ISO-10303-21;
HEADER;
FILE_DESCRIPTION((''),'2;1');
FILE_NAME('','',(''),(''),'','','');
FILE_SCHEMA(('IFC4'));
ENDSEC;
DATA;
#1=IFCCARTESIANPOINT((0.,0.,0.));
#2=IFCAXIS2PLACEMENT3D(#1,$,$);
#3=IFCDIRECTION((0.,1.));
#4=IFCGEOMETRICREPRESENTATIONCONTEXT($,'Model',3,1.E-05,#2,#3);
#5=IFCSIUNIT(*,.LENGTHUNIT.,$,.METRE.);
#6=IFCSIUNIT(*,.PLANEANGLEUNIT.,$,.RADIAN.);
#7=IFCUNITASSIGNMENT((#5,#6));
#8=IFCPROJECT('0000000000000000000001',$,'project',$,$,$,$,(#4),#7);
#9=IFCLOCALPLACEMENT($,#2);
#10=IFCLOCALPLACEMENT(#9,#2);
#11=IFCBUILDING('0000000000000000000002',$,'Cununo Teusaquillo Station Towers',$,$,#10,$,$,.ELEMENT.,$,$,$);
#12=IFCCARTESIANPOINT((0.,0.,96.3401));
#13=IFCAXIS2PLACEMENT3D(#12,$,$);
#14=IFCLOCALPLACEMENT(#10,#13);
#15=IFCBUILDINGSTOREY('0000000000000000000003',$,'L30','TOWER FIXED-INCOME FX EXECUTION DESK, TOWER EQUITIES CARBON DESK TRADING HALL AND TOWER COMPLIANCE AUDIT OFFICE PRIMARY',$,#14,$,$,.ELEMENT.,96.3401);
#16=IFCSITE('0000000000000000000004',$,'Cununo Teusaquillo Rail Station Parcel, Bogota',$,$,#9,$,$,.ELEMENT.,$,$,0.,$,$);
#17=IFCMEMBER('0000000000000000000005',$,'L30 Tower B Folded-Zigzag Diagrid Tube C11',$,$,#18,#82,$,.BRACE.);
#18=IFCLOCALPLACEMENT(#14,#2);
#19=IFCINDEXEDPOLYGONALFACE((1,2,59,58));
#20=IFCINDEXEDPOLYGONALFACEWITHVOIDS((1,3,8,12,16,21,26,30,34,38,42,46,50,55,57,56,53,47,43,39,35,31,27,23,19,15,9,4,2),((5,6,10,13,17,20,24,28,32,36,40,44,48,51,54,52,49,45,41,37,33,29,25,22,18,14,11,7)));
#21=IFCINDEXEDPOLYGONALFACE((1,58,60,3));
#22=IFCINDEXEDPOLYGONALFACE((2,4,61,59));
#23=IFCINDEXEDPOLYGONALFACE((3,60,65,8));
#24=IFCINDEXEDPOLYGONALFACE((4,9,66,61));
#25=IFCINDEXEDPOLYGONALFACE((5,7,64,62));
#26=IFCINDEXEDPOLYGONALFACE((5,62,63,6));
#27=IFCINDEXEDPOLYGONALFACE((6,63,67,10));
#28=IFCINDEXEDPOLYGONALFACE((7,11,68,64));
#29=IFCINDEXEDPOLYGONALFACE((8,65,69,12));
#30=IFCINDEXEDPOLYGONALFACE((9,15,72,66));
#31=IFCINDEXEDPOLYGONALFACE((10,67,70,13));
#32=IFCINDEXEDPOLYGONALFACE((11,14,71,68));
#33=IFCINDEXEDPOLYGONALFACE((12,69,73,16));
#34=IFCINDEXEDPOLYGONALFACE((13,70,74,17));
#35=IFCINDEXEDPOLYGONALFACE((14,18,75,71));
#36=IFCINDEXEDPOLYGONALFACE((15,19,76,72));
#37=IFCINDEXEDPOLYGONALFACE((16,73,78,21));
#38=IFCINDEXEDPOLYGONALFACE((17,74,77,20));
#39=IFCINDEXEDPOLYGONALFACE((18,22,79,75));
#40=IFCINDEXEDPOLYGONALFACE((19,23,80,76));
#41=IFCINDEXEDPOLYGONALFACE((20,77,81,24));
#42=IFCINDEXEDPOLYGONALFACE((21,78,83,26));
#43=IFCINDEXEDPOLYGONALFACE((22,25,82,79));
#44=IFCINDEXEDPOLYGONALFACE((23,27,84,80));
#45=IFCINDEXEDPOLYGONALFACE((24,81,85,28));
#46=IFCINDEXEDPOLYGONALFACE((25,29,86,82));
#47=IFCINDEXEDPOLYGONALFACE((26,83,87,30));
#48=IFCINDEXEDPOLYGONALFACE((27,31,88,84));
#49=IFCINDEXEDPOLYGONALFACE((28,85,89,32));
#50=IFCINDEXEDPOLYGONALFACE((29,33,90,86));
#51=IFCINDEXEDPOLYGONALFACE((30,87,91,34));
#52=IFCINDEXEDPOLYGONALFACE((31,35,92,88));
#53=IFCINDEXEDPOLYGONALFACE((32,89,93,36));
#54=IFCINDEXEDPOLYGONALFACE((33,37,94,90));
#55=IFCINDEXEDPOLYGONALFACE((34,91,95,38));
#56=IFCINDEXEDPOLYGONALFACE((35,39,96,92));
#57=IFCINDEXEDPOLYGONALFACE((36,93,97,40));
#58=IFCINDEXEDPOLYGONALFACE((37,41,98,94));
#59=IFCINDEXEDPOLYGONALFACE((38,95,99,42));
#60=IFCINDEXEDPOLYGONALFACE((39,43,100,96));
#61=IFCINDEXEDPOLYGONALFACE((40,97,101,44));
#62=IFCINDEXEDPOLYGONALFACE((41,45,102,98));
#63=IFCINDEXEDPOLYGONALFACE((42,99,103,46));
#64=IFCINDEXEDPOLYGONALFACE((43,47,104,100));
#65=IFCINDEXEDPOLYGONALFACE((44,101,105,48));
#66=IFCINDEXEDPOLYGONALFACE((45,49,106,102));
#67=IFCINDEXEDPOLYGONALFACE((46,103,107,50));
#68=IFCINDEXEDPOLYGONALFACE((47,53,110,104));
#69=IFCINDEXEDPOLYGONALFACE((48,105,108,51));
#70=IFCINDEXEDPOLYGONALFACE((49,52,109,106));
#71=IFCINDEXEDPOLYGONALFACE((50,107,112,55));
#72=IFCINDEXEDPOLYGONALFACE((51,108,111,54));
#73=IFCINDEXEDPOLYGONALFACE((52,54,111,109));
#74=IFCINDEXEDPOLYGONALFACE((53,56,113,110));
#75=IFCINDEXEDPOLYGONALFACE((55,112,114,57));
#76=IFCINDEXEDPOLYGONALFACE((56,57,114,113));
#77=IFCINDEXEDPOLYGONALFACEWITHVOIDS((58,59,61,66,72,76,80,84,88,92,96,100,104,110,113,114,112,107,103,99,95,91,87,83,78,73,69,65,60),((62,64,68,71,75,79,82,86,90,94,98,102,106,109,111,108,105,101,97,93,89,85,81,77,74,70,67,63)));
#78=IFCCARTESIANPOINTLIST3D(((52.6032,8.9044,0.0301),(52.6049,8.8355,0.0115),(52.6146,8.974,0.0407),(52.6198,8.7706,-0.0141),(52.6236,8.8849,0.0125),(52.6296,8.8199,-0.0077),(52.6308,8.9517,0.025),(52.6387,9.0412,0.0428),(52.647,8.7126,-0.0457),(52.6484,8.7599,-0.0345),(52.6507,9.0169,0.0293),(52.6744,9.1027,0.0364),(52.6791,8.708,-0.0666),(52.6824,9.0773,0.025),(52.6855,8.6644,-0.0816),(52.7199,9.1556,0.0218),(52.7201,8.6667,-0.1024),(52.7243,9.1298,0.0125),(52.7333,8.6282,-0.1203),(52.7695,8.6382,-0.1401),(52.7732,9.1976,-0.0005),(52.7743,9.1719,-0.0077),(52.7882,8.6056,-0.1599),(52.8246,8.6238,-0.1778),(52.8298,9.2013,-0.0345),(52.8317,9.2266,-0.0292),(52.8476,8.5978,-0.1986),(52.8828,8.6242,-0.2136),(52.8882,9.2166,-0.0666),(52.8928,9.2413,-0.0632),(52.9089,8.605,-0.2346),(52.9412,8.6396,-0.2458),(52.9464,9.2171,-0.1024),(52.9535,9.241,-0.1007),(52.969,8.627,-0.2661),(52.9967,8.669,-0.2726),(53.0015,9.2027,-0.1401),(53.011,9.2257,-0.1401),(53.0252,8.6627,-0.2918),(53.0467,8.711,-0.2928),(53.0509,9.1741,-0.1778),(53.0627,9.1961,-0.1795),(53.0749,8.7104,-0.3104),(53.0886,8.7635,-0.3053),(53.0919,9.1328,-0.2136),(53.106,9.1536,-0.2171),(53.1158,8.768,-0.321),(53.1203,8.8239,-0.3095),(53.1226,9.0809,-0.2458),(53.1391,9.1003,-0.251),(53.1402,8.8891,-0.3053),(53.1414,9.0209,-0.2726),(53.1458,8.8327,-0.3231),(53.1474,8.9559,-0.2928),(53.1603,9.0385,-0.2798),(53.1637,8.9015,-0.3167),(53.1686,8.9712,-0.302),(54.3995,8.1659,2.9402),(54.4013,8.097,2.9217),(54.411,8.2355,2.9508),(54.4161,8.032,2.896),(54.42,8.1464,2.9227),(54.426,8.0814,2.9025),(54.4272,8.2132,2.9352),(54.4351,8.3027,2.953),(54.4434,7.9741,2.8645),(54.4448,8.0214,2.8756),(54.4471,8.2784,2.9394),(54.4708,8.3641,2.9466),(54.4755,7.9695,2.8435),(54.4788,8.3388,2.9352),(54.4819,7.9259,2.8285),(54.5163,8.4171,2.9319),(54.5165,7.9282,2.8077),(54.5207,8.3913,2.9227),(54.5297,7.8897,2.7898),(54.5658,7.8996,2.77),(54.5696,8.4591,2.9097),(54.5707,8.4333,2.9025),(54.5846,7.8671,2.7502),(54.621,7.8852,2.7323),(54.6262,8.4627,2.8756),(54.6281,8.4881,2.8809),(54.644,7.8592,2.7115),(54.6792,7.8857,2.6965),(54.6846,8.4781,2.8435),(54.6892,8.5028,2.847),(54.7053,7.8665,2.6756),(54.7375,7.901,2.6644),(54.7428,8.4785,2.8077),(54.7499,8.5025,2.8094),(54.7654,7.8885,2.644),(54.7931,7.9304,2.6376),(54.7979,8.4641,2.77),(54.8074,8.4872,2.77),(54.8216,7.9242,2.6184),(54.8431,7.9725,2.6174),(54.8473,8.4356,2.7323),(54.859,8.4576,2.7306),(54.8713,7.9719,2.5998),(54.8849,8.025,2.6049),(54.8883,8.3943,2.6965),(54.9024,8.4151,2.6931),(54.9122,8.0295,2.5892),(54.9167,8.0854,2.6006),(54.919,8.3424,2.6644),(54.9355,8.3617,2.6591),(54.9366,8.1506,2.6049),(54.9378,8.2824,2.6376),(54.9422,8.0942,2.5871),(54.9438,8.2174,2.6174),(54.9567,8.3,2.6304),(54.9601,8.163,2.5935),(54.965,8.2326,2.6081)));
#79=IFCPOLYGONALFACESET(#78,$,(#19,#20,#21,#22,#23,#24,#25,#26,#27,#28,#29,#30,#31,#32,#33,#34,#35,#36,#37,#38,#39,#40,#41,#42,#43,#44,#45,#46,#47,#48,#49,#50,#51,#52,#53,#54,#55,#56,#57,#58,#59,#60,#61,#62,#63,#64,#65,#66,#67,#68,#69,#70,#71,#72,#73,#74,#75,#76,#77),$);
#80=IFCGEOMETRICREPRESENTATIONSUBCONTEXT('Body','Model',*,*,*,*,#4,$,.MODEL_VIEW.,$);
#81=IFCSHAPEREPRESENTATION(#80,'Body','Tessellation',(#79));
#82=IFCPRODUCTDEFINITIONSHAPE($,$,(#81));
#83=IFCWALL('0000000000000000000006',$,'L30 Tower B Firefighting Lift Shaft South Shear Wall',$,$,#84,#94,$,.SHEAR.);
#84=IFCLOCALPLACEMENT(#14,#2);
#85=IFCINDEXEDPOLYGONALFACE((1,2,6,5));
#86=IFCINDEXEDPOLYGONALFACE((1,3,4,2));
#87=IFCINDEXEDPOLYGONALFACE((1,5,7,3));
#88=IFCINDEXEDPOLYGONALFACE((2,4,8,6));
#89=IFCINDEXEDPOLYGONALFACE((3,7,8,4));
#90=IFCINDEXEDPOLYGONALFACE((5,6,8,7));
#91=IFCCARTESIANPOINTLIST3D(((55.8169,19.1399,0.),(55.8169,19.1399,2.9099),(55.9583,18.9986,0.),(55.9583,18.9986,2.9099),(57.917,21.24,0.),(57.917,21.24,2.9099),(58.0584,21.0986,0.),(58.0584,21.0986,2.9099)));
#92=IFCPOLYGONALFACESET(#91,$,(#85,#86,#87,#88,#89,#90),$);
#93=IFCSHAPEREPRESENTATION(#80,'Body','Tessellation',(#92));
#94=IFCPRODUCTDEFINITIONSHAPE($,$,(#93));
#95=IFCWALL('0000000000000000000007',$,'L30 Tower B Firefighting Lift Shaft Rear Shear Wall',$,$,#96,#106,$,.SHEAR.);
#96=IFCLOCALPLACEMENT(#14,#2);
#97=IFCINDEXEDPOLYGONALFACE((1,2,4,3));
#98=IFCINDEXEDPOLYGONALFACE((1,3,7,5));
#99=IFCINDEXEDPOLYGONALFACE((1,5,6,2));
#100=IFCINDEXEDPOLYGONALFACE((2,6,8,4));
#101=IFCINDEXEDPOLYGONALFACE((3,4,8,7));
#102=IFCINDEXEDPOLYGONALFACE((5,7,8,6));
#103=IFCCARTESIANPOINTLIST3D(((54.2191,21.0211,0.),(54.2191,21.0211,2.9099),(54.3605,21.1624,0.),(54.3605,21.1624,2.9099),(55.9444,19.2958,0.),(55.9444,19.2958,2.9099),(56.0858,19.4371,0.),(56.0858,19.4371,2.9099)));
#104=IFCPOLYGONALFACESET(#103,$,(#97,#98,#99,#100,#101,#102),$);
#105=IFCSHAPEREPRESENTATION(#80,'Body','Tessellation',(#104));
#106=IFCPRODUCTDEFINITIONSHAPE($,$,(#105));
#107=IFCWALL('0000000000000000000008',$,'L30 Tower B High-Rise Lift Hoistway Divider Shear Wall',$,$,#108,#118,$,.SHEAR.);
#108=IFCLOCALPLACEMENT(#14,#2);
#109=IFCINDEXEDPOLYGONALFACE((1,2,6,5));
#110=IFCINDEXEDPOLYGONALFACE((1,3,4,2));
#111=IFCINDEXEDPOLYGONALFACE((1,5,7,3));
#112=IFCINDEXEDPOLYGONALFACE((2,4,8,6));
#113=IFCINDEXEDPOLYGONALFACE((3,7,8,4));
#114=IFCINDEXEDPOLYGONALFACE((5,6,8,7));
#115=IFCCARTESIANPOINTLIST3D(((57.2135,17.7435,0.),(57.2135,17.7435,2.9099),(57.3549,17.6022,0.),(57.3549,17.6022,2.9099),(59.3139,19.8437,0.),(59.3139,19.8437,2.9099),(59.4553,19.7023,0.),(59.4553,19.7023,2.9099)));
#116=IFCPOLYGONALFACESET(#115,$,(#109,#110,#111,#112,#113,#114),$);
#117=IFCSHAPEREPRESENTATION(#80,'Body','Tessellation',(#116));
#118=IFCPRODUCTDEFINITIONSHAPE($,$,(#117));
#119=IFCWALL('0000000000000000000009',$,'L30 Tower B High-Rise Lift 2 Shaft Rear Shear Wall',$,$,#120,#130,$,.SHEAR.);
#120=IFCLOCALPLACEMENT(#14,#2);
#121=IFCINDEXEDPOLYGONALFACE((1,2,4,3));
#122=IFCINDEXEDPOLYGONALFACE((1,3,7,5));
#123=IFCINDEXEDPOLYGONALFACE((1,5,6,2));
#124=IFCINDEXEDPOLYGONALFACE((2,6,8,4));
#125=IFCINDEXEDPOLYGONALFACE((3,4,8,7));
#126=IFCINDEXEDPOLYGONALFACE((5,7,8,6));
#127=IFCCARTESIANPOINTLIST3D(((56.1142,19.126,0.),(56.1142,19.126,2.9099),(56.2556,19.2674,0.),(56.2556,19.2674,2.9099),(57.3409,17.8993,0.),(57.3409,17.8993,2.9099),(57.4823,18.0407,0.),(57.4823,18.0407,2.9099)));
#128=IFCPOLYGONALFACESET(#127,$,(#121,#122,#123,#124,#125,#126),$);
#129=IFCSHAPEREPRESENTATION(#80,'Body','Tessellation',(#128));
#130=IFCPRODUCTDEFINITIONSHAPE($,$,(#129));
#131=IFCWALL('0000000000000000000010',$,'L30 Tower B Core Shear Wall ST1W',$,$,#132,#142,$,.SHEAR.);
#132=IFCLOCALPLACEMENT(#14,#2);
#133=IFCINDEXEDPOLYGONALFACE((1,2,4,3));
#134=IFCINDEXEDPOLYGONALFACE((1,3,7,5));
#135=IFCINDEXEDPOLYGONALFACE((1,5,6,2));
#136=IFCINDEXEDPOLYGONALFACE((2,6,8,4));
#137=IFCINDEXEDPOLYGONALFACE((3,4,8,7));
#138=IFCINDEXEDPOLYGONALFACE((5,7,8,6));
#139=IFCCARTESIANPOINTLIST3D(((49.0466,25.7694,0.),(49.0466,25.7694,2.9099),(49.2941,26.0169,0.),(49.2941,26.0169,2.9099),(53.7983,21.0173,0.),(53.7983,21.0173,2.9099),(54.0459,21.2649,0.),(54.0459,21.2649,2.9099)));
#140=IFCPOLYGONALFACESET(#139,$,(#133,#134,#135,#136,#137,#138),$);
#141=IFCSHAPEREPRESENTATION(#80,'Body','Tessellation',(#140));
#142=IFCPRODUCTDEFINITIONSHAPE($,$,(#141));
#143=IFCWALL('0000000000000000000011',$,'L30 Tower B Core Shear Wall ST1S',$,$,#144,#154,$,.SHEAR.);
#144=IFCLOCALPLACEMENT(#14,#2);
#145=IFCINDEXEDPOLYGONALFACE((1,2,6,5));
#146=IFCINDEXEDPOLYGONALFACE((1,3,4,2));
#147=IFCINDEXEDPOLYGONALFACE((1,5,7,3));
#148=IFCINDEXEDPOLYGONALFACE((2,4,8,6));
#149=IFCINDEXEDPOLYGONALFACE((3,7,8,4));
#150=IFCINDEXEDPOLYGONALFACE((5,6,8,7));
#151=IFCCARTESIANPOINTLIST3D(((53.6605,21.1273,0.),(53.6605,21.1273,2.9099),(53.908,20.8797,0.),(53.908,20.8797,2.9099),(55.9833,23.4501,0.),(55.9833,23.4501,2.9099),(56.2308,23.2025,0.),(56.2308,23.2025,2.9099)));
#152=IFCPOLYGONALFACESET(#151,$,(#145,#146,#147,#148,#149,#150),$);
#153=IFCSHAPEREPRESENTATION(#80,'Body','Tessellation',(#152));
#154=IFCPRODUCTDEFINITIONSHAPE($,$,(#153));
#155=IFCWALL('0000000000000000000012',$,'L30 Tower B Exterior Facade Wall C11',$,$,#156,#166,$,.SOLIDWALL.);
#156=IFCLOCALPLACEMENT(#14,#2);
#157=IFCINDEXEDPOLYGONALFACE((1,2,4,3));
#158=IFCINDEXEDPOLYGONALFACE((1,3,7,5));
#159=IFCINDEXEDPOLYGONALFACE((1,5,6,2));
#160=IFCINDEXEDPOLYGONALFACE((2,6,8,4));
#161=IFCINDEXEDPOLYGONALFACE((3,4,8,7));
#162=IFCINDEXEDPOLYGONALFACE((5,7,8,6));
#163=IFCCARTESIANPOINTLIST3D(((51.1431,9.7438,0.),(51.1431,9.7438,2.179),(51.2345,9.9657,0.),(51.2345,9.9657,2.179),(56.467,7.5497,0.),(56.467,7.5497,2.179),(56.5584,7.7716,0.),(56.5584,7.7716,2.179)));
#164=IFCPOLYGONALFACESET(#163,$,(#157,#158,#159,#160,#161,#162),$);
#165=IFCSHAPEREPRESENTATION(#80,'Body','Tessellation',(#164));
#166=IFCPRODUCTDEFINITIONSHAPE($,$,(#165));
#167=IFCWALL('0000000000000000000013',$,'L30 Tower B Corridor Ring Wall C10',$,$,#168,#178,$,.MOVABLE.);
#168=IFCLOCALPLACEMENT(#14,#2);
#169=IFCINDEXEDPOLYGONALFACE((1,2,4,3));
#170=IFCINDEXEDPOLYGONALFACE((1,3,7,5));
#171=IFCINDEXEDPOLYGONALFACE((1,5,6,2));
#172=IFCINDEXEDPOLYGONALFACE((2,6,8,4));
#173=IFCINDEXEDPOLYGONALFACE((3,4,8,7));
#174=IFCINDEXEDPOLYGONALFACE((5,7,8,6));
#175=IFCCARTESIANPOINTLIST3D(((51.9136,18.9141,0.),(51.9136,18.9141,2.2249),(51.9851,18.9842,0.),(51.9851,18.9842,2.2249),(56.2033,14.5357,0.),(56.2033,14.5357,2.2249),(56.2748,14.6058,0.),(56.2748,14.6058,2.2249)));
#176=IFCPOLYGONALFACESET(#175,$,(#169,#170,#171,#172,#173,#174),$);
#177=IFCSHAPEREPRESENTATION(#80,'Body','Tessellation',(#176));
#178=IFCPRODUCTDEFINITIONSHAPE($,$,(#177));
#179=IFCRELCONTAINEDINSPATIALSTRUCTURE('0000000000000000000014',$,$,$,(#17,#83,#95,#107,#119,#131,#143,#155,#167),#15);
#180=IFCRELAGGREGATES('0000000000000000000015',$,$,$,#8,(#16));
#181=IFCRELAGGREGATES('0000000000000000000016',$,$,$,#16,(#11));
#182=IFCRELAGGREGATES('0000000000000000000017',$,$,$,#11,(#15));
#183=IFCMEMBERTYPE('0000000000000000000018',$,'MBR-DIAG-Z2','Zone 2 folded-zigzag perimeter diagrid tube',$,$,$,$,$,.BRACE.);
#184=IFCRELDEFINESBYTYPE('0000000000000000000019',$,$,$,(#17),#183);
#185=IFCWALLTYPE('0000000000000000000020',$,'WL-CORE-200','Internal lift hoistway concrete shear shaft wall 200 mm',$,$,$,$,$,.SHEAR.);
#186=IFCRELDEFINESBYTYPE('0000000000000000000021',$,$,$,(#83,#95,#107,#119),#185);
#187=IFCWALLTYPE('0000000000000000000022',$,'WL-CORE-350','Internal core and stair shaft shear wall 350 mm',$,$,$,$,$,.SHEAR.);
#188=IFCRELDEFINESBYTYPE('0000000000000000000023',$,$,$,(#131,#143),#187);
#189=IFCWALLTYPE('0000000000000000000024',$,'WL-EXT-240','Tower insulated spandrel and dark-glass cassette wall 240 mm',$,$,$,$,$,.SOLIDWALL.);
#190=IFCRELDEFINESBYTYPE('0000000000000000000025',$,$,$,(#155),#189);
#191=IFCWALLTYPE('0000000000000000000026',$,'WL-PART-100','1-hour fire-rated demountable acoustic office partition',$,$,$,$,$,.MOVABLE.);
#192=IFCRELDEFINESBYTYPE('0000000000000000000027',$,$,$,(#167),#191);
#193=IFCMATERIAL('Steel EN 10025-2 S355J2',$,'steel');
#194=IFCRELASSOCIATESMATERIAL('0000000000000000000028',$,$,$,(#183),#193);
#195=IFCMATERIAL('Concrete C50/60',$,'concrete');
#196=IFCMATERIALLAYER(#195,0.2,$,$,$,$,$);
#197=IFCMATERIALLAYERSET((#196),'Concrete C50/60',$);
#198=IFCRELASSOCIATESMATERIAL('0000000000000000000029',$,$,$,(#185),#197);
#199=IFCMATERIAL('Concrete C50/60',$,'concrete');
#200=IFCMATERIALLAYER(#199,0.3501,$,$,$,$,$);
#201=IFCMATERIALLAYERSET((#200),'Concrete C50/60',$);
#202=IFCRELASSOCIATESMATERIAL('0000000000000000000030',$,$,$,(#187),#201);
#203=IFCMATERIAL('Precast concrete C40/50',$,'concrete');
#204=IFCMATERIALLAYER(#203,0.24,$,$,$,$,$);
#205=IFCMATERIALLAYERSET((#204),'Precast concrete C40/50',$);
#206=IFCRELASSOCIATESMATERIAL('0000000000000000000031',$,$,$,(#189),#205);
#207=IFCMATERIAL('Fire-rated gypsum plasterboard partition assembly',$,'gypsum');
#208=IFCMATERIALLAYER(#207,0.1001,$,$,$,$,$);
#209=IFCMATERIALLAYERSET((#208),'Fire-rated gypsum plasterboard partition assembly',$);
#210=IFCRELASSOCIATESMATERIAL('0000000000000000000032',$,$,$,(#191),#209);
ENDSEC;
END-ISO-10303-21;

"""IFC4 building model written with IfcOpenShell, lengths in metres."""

from ifc_helpers import new_model, si_unit, direction, frame, frame_2d, origin, origin_2d, place, context, subcontext, project, spatial, rectangle, hollow_circle, extrude, material, layer, layer_set, material_profile, profile_set, type_object, element, save


model = new_model("IFC4")

# Units and contexts
model_context = context("Model", 3, precision=1e-05, world=origin(), true_north=direction((0.0, 1.0)))
body_context = subcontext(model_context, "Body", "Model", "MODEL_VIEW")
ifc_project = project(units=[si_unit("LENGTHUNIT", "METRE"), si_unit("PLANEANGLEUNIT", "RADIAN")], contexts=[model_context])

# Site, building, storey
site_placement = place(None, origin())
site = spatial("IfcSite", under=ifc_project, at=site_placement, Name="Cununo Teusaquillo Rail Station Parcel, Bogota", CompositionType="ELEMENT", RefElevation=0.0)
building_placement = place(site_placement, origin())
building = spatial("IfcBuilding", under=site, at=building_placement, Name="Cununo Teusaquillo Station Towers", CompositionType="ELEMENT")
storey_placement = place(building_placement, frame((0.0, 0.0, 96.3401)))
storey = spatial("IfcBuildingStorey", under=building, at=storey_placement, Name="L30", Description="TOWER FIXED-INCOME FX EXECUTION DESK, TOWER EQUITIES CARBON DESK TRADING HALL AND TOWER COMPLIANCE AUDIT OFFICE PRIMARY", CompositionType="ELEMENT", Elevation=96.3401)

# Member
ifc_material_1 = material(Name="Steel EN 10025-2 S355J2", Category="steel")
ifc_material_profile_1 = material_profile(ifc_material_1, hollow_circle(Radius=0.3301, WallThickness=0.0249, at=origin_2d()), Name="CHS 660x25")
ifc_profile_set_1 = profile_set([ifc_material_profile_1], Name="Steel EN 10025-2 S355J2")
member_type = type_object("IfcMemberType", Name="MBR-DIAG-Z2", Description="Zone 2 folded-zigzag perimeter diagrid tube", PredefinedType="BRACE", material=ifc_profile_set_1)
member_placement = place(storey_placement, frame((52.8855, 8.9204, -0.1401), z_axis=(0.513433, -0.211081, 0.831764), x_axis=(0.380238, 0.924889, 0.0)))
element("IfcMember", 1, at=member_placement, inside=storey, type_object=member_type, Name="L30 Tower B Folded-Zigzag Diagrid Tube C11", PredefinedType="BRACE", context=body_context, shape_type="SweptSolid", body=[
    extrude(hollow_circle(Radius=0.3301, WallThickness=0.0249, at=origin_2d()), origin(), (0.0, 0.0, 1.0), 3.4988),
])

# Walls
ifc_material_2 = material(Name="Concrete C50/60", Category="concrete")
ifc_layer_1 = layer(ifc_material_2, 0.2)
ifc_layer_set_1 = layer_set([ifc_layer_1], Name="Concrete C50/60")
wall_type_1 = type_object("IfcWallType", Name="WL-CORE-200", Description="Internal lift hoistway concrete shear shaft wall 200 mm", PredefinedType="SHEAR", material=ifc_layer_set_1)
wall_1_placement = place(storey_placement, frame((55.8877, 19.0693, 0.0), z_axis=(0.0, 0.0, 1.0), x_axis=(0.707107, 0.707107, 0.0)))
element("IfcWall", 2, at=wall_1_placement, inside=storey, type_object=wall_type_1, Name="L30 Tower B Firefighting Lift Shaft South Shear Wall", PredefinedType="SHEAR", context=body_context, shape_type="SweptSolid", body=[
    extrude(rectangle(XDim=2.97, YDim=0.2, at=frame_2d((1.4849, 0.0))), origin(), (0.0, 0.0, 1.0), 2.9099),
])
wall_2_placement = place(storey_placement, frame((56.0151, 19.3665, 0.0), z_axis=(0.0, 0.0, 1.0), x_axis=(-0.707107, 0.707107, 0.0)))
element("IfcWall", 3, at=wall_2_placement, inside=storey, type_object=wall_type_1, Name="L30 Tower B Firefighting Lift Shaft Rear Shear Wall", PredefinedType="SHEAR", context=body_context, shape_type="SweptSolid", body=[
    extrude(rectangle(XDim=2.4399, YDim=0.2, at=frame_2d((1.22, 0.0))), origin(), (0.0, 0.0, 1.0), 2.9099),
])
wall_3_placement = place(storey_placement, frame((57.2842, 17.6729, 0.0), z_axis=(0.0, 0.0, 1.0), x_axis=(0.707148, 0.707066, 0.0)))
element("IfcWall", 4, at=wall_3_placement, inside=storey, type_object=wall_type_1, Name="L30 Tower B High-Rise Lift Hoistway Divider Shear Wall", PredefinedType="SHEAR", context=body_context, shape_type="SweptSolid", body=[
    extrude(rectangle(XDim=2.9702, YDim=0.2, at=frame_2d((1.4851, 0.0))), origin(), (0.0, 0.0, 1.0), 2.9099),
])
wall_4_placement = place(storey_placement, frame((57.4116, 17.97, 0.0), z_axis=(0.0, 0.0, 1.0), x_axis=(-0.707107, 0.707107, 0.0)))
element("IfcWall", 5, at=wall_4_placement, inside=storey, type_object=wall_type_1, Name="L30 Tower B High-Rise Lift 2 Shaft Rear Shear Wall", PredefinedType="SHEAR", context=body_context, shape_type="SweptSolid", body=[
    extrude(rectangle(XDim=1.7349, YDim=0.2, at=frame_2d((0.8674, 0.0))), origin(), (0.0, 0.0, 1.0), 2.9099),
])
ifc_material_3 = material(Name="Concrete C50/60", Category="concrete")
ifc_layer_2 = layer(ifc_material_3, 0.3501)
ifc_layer_set_2 = layer_set([ifc_layer_2], Name="Concrete C50/60")
wall_type_2 = type_object("IfcWallType", Name="WL-CORE-350", Description="Internal core and stair shaft shear wall 350 mm", PredefinedType="SHEAR", material=ifc_layer_set_2)
wall_5_placement = place(storey_placement, frame((53.9221, 21.1411, 0.0), z_axis=(0.0, 0.0, 1.0), x_axis=(-0.707089, 0.707125, 0.0)))
element("IfcWall", 6, at=wall_5_placement, inside=storey, type_object=wall_type_2, Name="L30 Tower B Core Shear Wall ST1W", PredefinedType="SHEAR", context=body_context, shape_type="SweptSolid", body=[
    extrude(rectangle(XDim=6.7202, YDim=0.3501, at=frame_2d((3.3601, 0.0))), origin(), (0.0, 0.0, 1.0), 2.9099),
])
wall_6_placement = place(storey_placement, frame((53.7842, 21.0034, 0.0), z_axis=(0.0, 0.0, 1.0), x_axis=(0.707107, 0.707107, 0.0)))
element("IfcWall", 7, at=wall_6_placement, inside=storey, type_object=wall_type_2, Name="L30 Tower B Core Shear Wall ST1S", PredefinedType="SHEAR", context=body_context, shape_type="SweptSolid", body=[
    extrude(rectangle(XDim=3.2849, YDim=0.3501, at=frame_2d((1.6426, 0.0))), origin(), (0.0, 0.0, 1.0), 2.9099),
])
ifc_material_4 = material(Name="Precast concrete C40/50", Category="concrete")
ifc_layer_3 = layer(ifc_material_4, 0.24)
ifc_layer_set_3 = layer_set([ifc_layer_3], Name="Precast concrete C40/50")
wall_type_3 = type_object("IfcWallType", Name="WL-EXT-240", Description="Tower insulated spandrel and dark-glass cassette wall 240 mm", PredefinedType="SOLIDWALL", material=ifc_layer_set_3)
wall_7_placement = place(storey_placement, frame((56.5127, 7.6606, 0.0), z_axis=(0.0, 0.0, 1.0), x_axis=(-0.924564, 0.381027, 0.0)))
element("IfcWall", 8, at=wall_7_placement, inside=storey, type_object=wall_type_3, Name="L30 Tower B Exterior Facade Wall C11", PredefinedType="SOLIDWALL", context=body_context, shape_type="SweptSolid", body=[
    extrude(rectangle(XDim=5.7583, YDim=0.24, at=frame_2d((2.8792, 0.0))), origin(), (0.0, 0.0, 1.0), 2.179),
])
ifc_material_5 = material(Name="Fire-rated gypsum plasterboard partition assembly", Category="gypsum")
ifc_layer_4 = layer(ifc_material_5, 0.1001)
ifc_layer_set_4 = layer_set([ifc_layer_4], Name="Fire-rated gypsum plasterboard partition assembly")
wall_type_4 = type_object("IfcWallType", Name="WL-PART-100", Description="1-hour fire-rated demountable acoustic office partition", PredefinedType="MOVABLE", material=ifc_layer_set_4)
wall_8_placement = place(storey_placement, frame((51.9492, 18.9492, 0.0), z_axis=(0.0, 0.0, 1.0), x_axis=(0.699841, -0.714299, 0.0)))
element("IfcWall", 9, at=wall_8_placement, inside=storey, type_object=wall_type_4, Name="L30 Tower B Corridor Ring Wall C10", PredefinedType="MOVABLE", context=body_context, shape_type="SweptSolid", body=[
    extrude(rectangle(XDim=6.1296, YDim=0.1001, at=frame_2d((3.0649, 0.0))), origin(), (0.0, 0.0, 1.0), 2.2249),
])

save(model, "model.ifc")
